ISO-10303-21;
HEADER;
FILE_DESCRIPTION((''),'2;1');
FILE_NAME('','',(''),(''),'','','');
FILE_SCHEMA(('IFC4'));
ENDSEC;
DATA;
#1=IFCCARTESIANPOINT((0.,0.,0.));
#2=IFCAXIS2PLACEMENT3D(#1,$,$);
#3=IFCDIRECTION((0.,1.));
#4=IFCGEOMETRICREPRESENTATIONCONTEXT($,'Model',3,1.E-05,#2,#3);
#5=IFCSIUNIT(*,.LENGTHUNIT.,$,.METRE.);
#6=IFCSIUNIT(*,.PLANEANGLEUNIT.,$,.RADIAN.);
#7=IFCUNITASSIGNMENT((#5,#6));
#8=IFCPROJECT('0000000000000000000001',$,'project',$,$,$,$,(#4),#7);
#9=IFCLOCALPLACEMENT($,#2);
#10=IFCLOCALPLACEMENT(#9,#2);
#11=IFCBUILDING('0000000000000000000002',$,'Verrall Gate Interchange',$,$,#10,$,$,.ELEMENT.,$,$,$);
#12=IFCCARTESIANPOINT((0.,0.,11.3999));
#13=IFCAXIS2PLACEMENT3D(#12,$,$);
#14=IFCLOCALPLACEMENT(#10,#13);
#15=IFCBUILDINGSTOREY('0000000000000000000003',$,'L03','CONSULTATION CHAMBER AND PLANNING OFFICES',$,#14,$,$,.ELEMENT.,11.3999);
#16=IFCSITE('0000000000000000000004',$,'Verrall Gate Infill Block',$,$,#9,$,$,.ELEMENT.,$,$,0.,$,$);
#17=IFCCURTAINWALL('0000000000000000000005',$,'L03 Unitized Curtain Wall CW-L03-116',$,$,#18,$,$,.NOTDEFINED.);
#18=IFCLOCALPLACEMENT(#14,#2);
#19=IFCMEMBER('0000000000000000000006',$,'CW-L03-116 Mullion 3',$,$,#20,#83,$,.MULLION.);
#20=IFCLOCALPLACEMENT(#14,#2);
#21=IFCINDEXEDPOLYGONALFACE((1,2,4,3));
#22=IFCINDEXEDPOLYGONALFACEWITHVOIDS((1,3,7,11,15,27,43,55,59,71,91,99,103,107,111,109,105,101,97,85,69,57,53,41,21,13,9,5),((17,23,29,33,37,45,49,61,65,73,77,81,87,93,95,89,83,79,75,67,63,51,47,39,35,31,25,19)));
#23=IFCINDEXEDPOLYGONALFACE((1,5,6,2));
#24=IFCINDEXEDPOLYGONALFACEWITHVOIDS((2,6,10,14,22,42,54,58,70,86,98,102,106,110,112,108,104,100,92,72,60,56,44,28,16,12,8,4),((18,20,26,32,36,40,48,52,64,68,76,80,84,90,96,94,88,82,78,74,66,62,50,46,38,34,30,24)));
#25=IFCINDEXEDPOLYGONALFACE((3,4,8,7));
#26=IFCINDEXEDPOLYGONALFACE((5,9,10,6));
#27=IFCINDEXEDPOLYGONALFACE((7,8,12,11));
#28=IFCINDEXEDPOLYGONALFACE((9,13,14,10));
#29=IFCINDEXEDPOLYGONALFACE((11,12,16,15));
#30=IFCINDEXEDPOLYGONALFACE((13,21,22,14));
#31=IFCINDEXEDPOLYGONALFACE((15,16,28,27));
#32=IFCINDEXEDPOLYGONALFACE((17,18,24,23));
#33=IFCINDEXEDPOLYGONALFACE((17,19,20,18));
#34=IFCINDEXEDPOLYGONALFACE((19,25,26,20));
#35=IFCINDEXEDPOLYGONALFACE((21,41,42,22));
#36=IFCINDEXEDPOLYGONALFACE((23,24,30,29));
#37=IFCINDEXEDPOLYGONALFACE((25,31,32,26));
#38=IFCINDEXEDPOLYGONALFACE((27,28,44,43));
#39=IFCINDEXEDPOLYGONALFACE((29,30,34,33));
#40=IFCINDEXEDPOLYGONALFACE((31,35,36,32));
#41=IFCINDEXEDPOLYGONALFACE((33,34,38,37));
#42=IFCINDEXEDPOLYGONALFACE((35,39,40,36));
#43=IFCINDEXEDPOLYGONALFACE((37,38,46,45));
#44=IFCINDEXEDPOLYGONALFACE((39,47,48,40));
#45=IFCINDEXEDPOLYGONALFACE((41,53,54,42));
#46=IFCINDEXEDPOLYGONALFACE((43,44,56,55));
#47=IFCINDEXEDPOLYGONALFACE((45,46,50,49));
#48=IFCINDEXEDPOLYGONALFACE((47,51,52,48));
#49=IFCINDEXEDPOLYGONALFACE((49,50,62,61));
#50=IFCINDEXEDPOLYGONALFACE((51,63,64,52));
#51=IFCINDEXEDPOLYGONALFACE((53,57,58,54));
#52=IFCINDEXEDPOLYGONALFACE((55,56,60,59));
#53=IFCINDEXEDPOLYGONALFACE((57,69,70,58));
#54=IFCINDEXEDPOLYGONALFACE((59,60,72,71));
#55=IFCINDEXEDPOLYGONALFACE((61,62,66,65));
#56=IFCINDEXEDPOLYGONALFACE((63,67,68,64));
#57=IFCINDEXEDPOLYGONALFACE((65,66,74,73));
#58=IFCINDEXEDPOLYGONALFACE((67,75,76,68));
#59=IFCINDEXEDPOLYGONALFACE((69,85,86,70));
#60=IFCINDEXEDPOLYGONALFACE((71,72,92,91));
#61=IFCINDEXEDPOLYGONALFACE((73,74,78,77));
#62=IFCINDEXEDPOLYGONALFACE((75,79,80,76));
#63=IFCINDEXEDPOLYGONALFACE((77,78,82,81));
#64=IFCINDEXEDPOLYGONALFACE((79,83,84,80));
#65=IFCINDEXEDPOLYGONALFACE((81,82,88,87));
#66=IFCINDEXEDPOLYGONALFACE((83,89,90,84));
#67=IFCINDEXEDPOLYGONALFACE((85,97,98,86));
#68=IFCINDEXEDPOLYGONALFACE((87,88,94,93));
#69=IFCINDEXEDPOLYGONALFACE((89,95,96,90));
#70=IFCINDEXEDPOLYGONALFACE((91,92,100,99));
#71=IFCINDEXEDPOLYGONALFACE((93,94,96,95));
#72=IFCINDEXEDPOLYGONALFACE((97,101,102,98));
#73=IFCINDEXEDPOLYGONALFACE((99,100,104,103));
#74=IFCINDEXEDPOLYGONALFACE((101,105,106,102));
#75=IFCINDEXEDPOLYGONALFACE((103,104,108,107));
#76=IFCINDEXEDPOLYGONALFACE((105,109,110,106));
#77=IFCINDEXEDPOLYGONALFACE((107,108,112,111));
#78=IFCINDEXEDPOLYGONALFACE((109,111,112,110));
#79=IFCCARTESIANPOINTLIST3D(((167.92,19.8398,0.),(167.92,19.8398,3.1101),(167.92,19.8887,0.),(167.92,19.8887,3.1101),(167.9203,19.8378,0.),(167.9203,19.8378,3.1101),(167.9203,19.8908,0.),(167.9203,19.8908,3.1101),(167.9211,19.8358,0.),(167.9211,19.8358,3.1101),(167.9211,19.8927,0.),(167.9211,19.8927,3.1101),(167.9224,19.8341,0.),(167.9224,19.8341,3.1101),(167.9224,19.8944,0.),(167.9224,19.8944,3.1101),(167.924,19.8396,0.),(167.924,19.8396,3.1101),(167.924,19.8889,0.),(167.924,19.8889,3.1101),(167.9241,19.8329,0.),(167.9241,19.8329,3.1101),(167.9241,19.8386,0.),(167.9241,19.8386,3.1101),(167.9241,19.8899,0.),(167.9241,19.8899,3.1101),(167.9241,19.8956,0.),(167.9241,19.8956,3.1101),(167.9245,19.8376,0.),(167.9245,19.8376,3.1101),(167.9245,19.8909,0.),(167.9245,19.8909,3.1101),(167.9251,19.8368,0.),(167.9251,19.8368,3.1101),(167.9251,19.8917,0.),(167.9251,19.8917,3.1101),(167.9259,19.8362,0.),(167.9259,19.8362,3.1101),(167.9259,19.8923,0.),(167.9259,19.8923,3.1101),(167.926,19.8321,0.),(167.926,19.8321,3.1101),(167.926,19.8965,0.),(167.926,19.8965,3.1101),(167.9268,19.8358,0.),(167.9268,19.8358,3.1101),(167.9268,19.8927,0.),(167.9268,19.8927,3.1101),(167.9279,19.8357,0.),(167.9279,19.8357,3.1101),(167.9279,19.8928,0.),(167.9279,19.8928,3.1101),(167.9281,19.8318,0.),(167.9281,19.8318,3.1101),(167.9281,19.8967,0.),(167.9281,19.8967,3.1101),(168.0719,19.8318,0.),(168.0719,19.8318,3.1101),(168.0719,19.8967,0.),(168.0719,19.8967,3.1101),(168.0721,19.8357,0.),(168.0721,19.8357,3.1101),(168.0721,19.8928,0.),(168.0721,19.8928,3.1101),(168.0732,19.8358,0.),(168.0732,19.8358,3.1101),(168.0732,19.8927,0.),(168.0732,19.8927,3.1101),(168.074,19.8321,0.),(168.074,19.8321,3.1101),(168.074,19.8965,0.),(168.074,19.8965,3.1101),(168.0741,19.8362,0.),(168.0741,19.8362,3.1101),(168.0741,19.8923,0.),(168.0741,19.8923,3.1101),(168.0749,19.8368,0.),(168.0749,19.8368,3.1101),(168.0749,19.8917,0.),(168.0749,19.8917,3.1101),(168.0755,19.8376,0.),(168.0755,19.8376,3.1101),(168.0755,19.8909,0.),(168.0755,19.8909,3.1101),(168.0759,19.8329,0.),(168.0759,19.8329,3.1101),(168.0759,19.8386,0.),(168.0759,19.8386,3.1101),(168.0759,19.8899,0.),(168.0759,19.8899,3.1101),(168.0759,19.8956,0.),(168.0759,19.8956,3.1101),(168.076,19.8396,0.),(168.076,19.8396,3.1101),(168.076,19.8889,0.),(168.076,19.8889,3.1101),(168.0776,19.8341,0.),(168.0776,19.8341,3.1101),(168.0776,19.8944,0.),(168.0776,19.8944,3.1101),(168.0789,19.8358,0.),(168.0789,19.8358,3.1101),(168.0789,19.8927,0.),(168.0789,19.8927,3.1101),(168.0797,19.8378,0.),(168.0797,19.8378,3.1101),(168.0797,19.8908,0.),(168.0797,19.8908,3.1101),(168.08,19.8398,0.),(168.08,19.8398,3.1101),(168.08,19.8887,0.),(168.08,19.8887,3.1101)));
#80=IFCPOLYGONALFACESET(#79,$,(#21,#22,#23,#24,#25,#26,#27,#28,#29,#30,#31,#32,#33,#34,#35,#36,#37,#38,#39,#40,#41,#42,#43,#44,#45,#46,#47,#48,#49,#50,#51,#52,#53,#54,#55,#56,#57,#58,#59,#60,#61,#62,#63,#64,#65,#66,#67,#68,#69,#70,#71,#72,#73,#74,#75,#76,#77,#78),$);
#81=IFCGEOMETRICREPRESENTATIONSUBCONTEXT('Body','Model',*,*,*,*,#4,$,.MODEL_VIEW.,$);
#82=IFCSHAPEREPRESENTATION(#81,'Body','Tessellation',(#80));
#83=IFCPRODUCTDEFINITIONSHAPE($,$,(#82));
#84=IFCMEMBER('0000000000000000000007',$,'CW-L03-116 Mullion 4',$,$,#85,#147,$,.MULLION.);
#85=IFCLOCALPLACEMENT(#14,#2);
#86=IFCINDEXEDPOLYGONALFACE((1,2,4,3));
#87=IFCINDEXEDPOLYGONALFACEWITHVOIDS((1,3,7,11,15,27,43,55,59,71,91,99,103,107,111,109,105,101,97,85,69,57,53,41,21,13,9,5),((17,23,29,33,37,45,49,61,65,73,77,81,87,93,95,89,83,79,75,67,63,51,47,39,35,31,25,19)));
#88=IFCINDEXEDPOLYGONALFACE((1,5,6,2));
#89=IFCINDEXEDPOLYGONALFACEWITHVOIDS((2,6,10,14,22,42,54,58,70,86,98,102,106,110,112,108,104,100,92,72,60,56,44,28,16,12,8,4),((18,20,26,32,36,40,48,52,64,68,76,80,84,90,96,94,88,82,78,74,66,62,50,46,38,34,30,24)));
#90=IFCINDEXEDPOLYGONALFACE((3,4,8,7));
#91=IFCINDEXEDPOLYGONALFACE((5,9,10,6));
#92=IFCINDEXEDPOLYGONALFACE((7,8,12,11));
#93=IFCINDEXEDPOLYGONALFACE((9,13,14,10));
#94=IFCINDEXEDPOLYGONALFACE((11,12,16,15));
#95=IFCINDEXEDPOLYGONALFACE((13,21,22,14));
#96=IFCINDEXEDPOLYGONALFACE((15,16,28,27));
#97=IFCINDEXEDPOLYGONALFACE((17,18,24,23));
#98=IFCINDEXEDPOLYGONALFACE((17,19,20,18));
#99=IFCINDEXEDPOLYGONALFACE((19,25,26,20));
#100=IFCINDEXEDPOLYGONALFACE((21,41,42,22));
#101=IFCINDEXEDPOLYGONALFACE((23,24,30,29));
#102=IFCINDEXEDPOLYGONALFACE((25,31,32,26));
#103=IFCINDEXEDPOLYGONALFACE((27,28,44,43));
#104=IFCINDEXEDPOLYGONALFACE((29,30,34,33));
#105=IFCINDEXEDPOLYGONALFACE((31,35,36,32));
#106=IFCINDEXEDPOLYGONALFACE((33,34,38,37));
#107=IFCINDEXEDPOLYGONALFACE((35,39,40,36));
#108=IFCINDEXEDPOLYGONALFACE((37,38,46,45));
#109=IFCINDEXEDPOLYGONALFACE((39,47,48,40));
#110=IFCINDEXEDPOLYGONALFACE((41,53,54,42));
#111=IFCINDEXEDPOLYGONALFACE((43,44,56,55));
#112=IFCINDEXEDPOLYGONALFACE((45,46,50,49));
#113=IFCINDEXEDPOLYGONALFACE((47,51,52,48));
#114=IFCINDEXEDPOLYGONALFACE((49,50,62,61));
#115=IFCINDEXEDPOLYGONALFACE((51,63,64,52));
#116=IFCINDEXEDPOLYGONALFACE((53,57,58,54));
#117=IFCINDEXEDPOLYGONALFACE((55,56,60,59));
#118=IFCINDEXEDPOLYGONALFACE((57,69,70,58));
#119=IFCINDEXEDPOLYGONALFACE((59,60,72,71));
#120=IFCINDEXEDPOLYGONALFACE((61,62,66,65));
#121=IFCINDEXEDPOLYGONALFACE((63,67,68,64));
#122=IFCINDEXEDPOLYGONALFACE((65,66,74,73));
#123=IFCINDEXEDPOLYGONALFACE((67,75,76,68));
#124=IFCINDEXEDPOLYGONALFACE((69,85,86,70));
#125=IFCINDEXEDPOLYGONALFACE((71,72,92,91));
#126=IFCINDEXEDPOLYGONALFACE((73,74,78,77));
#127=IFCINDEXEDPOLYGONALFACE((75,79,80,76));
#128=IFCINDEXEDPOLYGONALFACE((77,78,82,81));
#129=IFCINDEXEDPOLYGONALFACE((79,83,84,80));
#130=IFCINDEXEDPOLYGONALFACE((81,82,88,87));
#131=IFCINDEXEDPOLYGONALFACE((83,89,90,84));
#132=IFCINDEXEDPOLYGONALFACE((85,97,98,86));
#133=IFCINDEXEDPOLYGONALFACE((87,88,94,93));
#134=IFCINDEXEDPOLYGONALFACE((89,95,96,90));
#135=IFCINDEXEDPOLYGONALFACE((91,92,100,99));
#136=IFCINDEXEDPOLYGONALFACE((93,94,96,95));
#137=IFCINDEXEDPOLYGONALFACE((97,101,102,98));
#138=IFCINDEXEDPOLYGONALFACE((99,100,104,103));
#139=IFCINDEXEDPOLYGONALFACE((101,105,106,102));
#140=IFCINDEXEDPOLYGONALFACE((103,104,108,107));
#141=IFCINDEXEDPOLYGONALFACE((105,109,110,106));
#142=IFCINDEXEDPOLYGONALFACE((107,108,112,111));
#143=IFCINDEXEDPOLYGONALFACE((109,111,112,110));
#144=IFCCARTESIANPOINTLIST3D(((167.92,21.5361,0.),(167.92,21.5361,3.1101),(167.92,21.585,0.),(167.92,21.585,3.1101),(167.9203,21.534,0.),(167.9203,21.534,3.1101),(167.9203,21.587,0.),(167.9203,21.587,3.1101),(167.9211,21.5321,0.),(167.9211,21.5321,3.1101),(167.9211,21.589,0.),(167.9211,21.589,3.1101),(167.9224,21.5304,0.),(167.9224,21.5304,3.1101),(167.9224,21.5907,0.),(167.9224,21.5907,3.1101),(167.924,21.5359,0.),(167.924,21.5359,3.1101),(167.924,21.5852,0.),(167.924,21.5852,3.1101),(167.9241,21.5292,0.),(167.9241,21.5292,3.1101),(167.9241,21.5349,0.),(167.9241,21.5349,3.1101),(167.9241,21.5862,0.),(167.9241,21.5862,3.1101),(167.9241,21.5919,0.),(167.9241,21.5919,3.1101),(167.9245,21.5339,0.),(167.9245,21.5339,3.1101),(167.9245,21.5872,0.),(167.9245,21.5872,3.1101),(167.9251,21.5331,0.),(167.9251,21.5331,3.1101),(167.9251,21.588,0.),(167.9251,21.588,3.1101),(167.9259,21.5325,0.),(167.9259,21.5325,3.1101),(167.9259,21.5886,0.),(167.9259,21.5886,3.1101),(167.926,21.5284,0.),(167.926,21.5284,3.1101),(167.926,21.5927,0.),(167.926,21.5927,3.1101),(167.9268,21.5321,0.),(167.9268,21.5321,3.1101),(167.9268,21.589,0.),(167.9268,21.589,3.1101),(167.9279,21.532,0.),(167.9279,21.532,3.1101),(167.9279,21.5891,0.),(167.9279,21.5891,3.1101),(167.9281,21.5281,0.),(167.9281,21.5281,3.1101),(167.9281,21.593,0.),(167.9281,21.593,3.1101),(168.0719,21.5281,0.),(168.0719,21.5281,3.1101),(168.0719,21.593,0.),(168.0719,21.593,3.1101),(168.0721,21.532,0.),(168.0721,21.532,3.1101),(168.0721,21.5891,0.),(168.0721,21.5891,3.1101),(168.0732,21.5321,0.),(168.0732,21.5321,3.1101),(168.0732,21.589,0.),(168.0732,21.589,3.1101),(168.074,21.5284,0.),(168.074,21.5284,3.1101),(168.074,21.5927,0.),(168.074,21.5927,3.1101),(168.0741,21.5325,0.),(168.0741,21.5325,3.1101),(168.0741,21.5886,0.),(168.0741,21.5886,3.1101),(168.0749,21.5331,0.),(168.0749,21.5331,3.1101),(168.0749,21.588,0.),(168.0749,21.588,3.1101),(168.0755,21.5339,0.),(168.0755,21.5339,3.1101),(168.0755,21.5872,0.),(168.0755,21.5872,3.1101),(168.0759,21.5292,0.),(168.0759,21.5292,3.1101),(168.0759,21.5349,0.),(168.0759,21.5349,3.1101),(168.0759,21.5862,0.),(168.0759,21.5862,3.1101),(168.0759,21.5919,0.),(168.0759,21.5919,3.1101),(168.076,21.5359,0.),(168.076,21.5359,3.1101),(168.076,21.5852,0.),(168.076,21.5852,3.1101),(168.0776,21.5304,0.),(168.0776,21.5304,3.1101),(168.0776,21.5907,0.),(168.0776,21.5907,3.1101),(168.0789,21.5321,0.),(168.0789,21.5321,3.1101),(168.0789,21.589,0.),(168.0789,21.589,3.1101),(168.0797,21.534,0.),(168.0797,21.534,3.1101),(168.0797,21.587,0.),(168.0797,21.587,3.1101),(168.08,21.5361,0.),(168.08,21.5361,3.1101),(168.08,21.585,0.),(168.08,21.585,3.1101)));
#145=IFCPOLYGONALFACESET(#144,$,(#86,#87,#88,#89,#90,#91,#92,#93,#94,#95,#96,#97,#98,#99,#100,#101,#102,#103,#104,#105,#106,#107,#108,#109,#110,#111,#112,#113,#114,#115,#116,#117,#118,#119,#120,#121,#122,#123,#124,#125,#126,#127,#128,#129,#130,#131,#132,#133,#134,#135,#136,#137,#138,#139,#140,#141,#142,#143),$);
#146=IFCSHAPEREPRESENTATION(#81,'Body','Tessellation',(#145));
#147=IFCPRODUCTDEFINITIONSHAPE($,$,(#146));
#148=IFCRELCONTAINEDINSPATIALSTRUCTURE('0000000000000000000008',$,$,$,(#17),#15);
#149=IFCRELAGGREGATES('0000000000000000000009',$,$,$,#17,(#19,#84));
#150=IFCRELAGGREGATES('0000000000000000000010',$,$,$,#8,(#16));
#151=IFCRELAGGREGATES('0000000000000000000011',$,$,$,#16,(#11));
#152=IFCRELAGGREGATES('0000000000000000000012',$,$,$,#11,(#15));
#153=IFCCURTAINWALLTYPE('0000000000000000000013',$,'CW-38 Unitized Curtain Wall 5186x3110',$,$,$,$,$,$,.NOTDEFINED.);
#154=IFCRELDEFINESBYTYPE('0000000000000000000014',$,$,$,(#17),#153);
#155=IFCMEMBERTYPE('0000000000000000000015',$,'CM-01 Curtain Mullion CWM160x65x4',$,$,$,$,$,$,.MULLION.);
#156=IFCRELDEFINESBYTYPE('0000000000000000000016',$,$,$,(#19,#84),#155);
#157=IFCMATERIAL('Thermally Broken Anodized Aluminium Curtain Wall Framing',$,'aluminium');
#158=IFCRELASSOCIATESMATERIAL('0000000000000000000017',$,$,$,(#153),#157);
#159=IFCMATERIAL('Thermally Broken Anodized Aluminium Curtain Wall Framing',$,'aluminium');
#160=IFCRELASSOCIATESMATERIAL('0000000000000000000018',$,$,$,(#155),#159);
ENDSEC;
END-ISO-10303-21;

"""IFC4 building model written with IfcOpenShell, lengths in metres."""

from ifc_helpers import new_model, si_unit, direction, frame, origin, origin_2d, place, context, subcontext, project, spatial, hollow_rectangle, extrude, material, material_profile, profile_set, type_object, element, aggregate, save


model = new_model("IFC4")

# Units and contexts
model_context = context("Model", 3, precision=1e-05, world=origin(), true_north=direction((0.0, 1.0)))
body_context = subcontext(model_context, "Body", "Model", "MODEL_VIEW")
ifc_project = project(units=[si_unit("LENGTHUNIT", "METRE"), si_unit("PLANEANGLEUNIT", "RADIAN")], contexts=[model_context])

# Site, building, storey
site_placement = place(None, origin())
site = spatial("IfcSite", under=ifc_project, at=site_placement, Name="Verrall Gate Infill Block", CompositionType="ELEMENT", RefElevation=0.0)
building_placement = place(site_placement, origin())
building = spatial("IfcBuilding", under=site, at=building_placement, Name="Verrall Gate Interchange", CompositionType="ELEMENT")
storey_placement = place(building_placement, frame((0.0, 0.0, 11.3999)))
storey = spatial("IfcBuildingStorey", under=building, at=storey_placement, Name="L03", Description="CONSULTATION CHAMBER AND PLANNING OFFICES", CompositionType="ELEMENT", Elevation=11.3999)

# Curtain wall, members
ifc_material_1 = material(Name="Thermally Broken Anodized Aluminium Curtain Wall Framing", Category="aluminium")
curtain_wall_type_1 = type_object("IfcCurtainWallType", Name="CW-38 Unitized Curtain Wall 5186x3110", PredefinedType="NOTDEFINED", material=ifc_material_1)
curtain_wall_1_placement = place(storey_placement, origin())
curtain_wall_1 = element("IfcCurtainWall", 1, at=curtain_wall_1_placement, inside=storey, type_object=curtain_wall_type_1, Name="L03 Unitized Curtain Wall CW-L03-116", PredefinedType="NOTDEFINED")
ifc_material_2 = material(Name="Thermally Broken Anodized Aluminium Curtain Wall Framing", Category="aluminium")
ifc_material_profile_1 = material_profile(ifc_material_2, hollow_rectangle(XDim=0.0649, YDim=0.1599, WallThickness=0.0039, InnerFilletRadius=0.0039, OuterFilletRadius=0.0081, at=origin_2d()), Name="CWM160x65x4")
ifc_profile_set_1 = profile_set([ifc_material_profile_1], Name="Thermally Broken Anodized Aluminium Curtain Wall Framing")
member_type_1 = type_object("IfcMemberType", Name="CM-01 Curtain Mullion CWM160x65x4", PredefinedType="MULLION", material=ifc_profile_set_1)
member_1_placement = place(storey_placement, frame((168.0, 19.8643, 0.0), z_axis=(0.0, 0.0, 1.0), x_axis=(0.0, 1.0, 0.0)))
member_1 = element("IfcMember", 2, at=member_1_placement, type_object=member_type_1, Name="CW-L03-116 Mullion 3", PredefinedType="MULLION", context=body_context, shape_type="SweptSolid", body=[
    extrude(hollow_rectangle(XDim=0.0649, YDim=0.1599, WallThickness=0.0039, InnerFilletRadius=0.0039, OuterFilletRadius=0.0081, at=origin_2d()), origin(), (0.0, 0.0, 1.0), 3.1101),
])
member_2_placement = place(storey_placement, frame((168.0, 21.5605, 0.0), z_axis=(0.0, 0.0, 1.0), x_axis=(0.0, 1.0, 0.0)))
member_2 = element("IfcMember", 3, at=member_2_placement, type_object=member_type_1, Name="CW-L03-116 Mullion 4", PredefinedType="MULLION", context=body_context, shape_type="SweptSolid", body=[
    extrude(hollow_rectangle(XDim=0.0649, YDim=0.1599, WallThickness=0.0039, InnerFilletRadius=0.0039, OuterFilletRadius=0.0081, at=origin_2d()), origin(), (0.0, 0.0, 1.0), 3.1101),
])

aggregate(curtain_wall_1, [member_1, member_2])

save(model, "model.ifc")
